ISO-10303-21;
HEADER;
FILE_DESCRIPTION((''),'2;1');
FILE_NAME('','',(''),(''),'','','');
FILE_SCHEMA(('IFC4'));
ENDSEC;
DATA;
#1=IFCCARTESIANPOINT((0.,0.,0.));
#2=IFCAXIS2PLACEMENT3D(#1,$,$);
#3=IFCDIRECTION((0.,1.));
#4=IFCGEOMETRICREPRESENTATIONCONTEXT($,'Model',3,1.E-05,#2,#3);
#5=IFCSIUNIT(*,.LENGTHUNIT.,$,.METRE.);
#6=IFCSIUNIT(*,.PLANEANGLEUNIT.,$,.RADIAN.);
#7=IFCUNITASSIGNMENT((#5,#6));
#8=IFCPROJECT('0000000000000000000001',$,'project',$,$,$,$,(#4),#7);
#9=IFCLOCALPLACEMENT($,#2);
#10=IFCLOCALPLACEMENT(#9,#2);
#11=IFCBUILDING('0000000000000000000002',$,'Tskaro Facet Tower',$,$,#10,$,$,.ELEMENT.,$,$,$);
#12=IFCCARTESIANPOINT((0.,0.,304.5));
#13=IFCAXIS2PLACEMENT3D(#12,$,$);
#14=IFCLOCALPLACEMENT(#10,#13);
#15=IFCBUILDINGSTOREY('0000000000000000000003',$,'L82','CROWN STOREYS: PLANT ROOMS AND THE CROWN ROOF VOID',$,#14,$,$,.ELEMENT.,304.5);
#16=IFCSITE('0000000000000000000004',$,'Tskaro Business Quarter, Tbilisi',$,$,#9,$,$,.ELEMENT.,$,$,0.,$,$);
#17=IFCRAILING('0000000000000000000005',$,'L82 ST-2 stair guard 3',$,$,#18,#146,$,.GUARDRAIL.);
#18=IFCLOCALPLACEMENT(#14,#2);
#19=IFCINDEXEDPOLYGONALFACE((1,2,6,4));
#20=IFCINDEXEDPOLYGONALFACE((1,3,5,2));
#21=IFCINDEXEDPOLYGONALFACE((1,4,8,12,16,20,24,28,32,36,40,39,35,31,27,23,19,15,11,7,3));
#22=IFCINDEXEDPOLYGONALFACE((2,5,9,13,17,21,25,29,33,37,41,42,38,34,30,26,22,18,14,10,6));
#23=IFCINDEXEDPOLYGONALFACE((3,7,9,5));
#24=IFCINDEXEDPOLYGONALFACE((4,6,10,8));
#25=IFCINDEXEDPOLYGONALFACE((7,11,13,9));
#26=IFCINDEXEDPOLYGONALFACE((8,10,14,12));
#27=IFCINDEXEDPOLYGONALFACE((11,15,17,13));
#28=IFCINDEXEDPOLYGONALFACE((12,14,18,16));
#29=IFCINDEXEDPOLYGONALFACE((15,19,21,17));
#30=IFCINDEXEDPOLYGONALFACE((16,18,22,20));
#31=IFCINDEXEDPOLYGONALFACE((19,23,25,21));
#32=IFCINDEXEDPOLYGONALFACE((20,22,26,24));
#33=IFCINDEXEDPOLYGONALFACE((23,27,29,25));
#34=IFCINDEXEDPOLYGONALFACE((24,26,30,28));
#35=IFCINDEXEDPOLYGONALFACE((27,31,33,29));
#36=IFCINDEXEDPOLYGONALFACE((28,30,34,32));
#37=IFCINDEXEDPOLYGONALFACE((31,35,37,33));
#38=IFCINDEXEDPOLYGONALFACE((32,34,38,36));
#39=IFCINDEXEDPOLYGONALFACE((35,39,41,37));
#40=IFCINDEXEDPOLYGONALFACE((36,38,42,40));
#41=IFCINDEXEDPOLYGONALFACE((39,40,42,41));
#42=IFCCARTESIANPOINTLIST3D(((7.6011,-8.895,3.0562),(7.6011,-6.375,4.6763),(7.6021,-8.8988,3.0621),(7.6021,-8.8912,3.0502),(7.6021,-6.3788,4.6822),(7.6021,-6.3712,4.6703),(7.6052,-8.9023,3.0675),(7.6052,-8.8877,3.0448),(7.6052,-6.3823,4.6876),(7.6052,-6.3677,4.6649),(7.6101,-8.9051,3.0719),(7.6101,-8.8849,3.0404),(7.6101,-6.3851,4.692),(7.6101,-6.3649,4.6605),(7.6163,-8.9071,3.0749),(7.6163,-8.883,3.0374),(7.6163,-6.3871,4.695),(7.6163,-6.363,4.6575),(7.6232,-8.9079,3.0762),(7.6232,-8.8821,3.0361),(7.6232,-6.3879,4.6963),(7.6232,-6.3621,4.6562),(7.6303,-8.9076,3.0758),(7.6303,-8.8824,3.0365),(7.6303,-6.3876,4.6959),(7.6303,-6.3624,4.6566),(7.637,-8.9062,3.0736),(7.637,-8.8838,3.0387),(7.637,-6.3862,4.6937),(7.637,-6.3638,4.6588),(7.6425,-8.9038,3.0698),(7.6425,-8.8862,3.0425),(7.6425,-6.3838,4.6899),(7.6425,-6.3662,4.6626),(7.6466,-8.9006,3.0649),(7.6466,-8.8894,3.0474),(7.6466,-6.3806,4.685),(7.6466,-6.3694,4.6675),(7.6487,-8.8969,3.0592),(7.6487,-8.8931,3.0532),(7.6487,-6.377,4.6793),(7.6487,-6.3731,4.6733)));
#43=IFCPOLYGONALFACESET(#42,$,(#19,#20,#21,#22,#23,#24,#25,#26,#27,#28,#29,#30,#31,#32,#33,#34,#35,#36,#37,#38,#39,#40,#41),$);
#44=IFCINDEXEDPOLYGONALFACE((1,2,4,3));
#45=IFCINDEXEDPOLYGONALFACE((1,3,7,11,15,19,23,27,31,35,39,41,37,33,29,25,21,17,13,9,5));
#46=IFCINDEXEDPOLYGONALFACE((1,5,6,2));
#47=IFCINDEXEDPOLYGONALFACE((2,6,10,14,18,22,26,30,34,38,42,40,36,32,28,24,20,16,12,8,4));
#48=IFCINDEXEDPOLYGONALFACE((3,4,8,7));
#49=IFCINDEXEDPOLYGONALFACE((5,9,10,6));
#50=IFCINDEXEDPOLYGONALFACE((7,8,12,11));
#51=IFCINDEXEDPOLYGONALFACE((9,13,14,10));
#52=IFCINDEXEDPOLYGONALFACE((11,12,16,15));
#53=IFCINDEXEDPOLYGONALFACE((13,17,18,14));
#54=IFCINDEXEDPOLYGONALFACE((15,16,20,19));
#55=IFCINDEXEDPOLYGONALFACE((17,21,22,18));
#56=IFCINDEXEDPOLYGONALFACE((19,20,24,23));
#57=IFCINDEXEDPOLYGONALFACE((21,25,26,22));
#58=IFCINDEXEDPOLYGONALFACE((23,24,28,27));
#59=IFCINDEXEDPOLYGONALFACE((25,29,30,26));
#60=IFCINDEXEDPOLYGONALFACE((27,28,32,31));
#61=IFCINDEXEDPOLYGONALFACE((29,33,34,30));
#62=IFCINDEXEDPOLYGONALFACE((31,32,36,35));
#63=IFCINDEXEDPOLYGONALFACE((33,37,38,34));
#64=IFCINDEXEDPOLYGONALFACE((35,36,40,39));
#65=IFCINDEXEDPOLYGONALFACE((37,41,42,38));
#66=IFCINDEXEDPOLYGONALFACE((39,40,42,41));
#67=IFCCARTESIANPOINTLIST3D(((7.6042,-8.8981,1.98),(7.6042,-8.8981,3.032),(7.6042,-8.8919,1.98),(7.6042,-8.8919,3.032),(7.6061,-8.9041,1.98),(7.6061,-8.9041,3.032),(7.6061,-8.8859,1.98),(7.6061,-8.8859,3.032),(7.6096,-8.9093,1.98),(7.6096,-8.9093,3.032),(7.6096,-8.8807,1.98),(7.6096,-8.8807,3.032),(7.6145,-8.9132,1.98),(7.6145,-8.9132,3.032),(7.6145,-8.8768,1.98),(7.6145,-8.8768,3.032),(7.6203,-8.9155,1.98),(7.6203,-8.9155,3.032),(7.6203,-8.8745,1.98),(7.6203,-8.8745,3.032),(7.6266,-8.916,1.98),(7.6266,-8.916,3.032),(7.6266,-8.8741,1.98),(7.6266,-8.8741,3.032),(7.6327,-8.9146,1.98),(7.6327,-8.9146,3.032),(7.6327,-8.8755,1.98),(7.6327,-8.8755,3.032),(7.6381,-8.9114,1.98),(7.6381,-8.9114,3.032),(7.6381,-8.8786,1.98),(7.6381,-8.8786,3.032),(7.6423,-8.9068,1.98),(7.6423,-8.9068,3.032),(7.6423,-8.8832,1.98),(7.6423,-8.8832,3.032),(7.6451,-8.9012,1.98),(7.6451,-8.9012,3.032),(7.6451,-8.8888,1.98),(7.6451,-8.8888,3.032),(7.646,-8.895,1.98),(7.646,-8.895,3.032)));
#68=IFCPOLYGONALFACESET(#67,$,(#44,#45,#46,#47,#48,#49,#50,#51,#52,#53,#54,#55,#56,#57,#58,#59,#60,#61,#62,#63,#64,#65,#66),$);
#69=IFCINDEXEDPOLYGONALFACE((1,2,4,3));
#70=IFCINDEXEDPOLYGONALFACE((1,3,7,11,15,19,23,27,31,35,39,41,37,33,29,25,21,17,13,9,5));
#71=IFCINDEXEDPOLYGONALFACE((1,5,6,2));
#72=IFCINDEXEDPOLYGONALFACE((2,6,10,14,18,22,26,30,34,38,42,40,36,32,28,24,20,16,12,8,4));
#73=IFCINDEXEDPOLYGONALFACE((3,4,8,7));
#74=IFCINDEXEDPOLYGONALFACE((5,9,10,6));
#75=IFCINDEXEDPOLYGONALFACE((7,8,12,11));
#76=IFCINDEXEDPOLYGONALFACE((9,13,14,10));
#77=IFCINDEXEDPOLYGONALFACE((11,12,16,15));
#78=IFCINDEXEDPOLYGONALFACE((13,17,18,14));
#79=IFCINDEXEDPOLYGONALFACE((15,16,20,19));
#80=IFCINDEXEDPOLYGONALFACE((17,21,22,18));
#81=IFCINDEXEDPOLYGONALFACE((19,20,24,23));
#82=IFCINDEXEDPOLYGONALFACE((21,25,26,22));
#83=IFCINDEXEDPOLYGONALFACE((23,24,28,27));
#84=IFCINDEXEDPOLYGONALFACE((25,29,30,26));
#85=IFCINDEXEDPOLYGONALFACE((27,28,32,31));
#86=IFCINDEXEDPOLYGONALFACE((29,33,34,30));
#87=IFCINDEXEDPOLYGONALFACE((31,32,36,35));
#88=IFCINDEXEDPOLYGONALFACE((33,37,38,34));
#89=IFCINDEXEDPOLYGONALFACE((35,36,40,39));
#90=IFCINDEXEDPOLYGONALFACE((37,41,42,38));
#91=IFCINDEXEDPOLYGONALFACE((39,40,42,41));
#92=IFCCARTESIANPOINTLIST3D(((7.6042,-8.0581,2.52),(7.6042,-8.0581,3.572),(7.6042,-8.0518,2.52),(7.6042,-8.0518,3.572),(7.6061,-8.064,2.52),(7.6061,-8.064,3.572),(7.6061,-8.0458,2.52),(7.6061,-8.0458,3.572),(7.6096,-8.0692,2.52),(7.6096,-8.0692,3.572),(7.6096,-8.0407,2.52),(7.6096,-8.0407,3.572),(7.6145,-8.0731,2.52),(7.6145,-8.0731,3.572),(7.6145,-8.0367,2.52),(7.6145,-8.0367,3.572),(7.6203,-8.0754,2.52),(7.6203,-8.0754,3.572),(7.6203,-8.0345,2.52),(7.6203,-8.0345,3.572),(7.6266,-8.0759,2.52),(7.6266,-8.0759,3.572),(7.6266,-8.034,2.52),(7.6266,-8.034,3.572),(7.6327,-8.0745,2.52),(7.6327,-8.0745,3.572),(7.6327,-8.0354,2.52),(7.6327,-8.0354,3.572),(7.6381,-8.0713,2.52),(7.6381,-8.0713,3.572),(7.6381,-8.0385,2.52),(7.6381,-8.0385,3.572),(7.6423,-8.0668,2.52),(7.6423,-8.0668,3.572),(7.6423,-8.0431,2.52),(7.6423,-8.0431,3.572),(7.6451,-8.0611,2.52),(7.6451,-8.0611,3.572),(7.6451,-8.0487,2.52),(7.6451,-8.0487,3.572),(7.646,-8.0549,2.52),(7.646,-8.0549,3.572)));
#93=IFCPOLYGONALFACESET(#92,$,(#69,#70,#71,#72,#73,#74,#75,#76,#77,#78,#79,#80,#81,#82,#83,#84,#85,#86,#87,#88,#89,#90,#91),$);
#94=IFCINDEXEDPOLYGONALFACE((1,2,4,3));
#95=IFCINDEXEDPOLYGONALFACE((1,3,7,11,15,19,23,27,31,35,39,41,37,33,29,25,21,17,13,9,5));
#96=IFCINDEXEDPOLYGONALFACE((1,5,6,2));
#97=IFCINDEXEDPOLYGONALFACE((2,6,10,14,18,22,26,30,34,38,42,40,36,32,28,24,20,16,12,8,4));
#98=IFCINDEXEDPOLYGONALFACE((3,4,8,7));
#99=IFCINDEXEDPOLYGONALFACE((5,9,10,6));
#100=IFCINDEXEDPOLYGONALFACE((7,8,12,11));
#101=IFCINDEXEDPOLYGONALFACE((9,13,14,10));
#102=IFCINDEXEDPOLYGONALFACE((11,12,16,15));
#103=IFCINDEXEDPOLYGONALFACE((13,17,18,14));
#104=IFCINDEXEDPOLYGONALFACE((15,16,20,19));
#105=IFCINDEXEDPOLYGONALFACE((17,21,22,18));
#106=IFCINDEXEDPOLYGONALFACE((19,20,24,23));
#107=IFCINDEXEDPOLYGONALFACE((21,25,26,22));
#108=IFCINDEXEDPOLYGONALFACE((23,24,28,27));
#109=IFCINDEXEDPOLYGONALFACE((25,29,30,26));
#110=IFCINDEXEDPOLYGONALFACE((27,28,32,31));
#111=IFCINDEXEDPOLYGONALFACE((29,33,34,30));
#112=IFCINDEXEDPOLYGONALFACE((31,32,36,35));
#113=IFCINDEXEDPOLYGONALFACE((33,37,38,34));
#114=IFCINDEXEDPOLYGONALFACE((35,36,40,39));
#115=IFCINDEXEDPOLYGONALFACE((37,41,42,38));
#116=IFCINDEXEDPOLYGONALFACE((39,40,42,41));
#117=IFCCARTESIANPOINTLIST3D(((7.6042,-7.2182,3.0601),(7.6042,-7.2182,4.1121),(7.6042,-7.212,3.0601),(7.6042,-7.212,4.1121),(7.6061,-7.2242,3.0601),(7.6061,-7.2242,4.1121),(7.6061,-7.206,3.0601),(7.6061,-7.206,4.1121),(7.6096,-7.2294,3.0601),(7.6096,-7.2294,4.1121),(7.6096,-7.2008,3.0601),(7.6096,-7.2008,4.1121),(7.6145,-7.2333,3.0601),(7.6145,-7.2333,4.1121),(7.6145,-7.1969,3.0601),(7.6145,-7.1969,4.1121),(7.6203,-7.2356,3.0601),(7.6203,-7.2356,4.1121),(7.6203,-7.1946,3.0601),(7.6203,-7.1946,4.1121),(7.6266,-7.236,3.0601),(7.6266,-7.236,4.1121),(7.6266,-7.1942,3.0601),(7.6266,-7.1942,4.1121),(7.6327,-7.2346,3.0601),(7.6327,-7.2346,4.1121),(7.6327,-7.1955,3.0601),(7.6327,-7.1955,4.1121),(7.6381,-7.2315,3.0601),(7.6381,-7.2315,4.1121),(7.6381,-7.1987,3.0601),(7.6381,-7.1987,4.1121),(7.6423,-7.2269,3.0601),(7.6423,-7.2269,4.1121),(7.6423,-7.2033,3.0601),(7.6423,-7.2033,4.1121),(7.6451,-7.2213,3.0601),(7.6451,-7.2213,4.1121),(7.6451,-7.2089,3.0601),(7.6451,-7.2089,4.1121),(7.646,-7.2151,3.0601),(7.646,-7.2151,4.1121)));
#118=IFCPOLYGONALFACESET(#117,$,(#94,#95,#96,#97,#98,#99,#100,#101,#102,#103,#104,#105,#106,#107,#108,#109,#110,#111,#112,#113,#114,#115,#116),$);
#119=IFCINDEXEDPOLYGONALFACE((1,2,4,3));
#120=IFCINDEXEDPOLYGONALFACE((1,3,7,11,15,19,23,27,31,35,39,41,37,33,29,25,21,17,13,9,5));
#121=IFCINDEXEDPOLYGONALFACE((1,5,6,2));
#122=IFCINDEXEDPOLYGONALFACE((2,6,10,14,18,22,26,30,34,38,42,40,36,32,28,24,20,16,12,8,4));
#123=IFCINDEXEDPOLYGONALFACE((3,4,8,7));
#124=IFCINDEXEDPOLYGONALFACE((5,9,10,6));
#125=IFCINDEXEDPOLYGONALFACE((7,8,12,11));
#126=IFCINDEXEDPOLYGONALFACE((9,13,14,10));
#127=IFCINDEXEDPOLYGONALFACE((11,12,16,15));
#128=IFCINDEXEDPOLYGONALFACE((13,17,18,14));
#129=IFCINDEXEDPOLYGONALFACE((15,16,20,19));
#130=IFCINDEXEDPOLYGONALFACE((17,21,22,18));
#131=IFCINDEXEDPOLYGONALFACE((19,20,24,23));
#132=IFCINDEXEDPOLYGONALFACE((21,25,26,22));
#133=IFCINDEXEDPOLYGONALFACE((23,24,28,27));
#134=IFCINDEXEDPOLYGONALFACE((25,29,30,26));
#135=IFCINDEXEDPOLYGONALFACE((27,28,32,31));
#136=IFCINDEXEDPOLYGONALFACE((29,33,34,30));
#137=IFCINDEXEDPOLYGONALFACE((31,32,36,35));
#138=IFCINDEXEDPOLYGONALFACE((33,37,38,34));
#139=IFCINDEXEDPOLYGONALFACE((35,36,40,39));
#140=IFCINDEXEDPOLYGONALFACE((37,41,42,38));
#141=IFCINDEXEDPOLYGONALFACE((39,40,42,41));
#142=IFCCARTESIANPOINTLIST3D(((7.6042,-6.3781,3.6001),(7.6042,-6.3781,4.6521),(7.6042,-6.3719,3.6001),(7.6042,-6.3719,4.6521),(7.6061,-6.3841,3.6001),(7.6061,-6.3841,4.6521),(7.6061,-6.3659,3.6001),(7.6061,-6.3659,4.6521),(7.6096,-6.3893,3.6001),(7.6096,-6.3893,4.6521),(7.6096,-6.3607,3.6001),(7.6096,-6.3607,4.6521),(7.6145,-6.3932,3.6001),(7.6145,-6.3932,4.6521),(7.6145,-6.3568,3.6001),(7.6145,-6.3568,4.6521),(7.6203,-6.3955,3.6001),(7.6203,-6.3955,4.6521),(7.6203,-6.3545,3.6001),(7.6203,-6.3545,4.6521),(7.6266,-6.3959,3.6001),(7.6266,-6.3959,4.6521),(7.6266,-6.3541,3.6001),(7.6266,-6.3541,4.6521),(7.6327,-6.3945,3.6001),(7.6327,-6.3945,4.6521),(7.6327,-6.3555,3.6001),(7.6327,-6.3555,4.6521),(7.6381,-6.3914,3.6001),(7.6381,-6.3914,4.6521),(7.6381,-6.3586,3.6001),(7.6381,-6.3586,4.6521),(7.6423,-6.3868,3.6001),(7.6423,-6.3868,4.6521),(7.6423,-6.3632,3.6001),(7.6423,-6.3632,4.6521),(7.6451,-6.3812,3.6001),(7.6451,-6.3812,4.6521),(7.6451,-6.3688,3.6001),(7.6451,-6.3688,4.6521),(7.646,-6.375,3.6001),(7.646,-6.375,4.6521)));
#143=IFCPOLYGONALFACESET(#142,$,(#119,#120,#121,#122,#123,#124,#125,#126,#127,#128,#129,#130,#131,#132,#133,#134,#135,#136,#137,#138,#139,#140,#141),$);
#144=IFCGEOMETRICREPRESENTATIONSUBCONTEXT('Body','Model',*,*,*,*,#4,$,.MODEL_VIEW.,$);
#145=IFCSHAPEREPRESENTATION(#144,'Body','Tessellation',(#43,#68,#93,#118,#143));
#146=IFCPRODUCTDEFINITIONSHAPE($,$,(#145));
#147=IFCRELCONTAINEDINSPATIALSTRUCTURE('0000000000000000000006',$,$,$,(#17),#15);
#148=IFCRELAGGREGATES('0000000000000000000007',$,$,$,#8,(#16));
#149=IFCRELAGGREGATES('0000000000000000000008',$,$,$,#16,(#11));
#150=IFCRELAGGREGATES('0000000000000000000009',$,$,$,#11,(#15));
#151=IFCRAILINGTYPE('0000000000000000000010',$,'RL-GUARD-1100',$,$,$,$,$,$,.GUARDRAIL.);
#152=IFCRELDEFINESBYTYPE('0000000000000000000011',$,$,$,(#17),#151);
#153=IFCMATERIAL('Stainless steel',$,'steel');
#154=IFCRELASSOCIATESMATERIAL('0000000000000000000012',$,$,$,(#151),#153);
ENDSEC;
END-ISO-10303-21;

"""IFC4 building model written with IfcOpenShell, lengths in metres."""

from ifc_helpers import new_model, si_unit, direction, frame, origin, origin_2d, place, context, subcontext, project, spatial, circle, extrude, material, type_object, element, save


model = new_model("IFC4")

# Units and contexts
model_context = context("Model", 3, precision=1e-05, world=origin(), true_north=direction((0.0, 1.0)))
body_context = subcontext(model_context, "Body", "Model", "MODEL_VIEW")
ifc_project = project(units=[si_unit("LENGTHUNIT", "METRE"), si_unit("PLANEANGLEUNIT", "RADIAN")], contexts=[model_context])

# Site, building, storey
site_placement = place(None, origin())
site = spatial("IfcSite", under=ifc_project, at=site_placement, Name="Tskaro Business Quarter, Tbilisi", CompositionType="ELEMENT", RefElevation=0.0)
building_placement = place(site_placement, origin())
building = spatial("IfcBuilding", under=site, at=building_placement, Name="Tskaro Facet Tower", CompositionType="ELEMENT")
storey_placement = place(building_placement, frame((0.0, 0.0, 304.5)))
storey = spatial("IfcBuildingStorey", under=building, at=storey_placement, Name="L82", Description="CROWN STOREYS: PLANT ROOMS AND THE CROWN ROOF VOID", CompositionType="ELEMENT", Elevation=304.5)

# Railing
ifc_material_1 = material(Name="Stainless steel", Category="steel")
railing_type_1 = type_object("IfcRailingType", Name="RL-GUARD-1100", PredefinedType="GUARDRAIL", material=ifc_material_1)
railing_1_placement = place(storey_placement, frame((7.625, -8.895, 1.98)))
element("IfcRailing", 1, at=railing_1_placement, inside=storey, type_object=railing_type_1, Name="L82 ST-2 stair guard 3", PredefinedType="GUARDRAIL", context=body_context, shape_type="SweptSolid", body=[
    extrude(circle(Radius=0.0239, at=origin_2d()), frame((0.0, 0.0, 1.0762), z_axis=(0.0, 0.841163, 0.540782), x_axis=(-1.0, 0.0, 0.0)), (0.0, 0.0, 1.0), 2.9958),
    extrude(circle(Radius=0.021, at=origin_2d()), origin(), (0.0, 0.0, 1.0), 1.052),
    extrude(circle(Radius=0.021, at=origin_2d()), frame((0.0, 0.8401, 0.54)), (0.0, 0.0, 1.0), 1.052),
    extrude(circle(Radius=0.021, at=origin_2d()), frame((0.0, 1.6799, 1.0801)), (0.0, 0.0, 1.0), 1.052),
    extrude(circle(Radius=0.021, at=origin_2d()), frame((0.0, 2.52, 1.6201)), (0.0, 0.0, 1.0), 1.052),
])

save(model, "model.ifc")
